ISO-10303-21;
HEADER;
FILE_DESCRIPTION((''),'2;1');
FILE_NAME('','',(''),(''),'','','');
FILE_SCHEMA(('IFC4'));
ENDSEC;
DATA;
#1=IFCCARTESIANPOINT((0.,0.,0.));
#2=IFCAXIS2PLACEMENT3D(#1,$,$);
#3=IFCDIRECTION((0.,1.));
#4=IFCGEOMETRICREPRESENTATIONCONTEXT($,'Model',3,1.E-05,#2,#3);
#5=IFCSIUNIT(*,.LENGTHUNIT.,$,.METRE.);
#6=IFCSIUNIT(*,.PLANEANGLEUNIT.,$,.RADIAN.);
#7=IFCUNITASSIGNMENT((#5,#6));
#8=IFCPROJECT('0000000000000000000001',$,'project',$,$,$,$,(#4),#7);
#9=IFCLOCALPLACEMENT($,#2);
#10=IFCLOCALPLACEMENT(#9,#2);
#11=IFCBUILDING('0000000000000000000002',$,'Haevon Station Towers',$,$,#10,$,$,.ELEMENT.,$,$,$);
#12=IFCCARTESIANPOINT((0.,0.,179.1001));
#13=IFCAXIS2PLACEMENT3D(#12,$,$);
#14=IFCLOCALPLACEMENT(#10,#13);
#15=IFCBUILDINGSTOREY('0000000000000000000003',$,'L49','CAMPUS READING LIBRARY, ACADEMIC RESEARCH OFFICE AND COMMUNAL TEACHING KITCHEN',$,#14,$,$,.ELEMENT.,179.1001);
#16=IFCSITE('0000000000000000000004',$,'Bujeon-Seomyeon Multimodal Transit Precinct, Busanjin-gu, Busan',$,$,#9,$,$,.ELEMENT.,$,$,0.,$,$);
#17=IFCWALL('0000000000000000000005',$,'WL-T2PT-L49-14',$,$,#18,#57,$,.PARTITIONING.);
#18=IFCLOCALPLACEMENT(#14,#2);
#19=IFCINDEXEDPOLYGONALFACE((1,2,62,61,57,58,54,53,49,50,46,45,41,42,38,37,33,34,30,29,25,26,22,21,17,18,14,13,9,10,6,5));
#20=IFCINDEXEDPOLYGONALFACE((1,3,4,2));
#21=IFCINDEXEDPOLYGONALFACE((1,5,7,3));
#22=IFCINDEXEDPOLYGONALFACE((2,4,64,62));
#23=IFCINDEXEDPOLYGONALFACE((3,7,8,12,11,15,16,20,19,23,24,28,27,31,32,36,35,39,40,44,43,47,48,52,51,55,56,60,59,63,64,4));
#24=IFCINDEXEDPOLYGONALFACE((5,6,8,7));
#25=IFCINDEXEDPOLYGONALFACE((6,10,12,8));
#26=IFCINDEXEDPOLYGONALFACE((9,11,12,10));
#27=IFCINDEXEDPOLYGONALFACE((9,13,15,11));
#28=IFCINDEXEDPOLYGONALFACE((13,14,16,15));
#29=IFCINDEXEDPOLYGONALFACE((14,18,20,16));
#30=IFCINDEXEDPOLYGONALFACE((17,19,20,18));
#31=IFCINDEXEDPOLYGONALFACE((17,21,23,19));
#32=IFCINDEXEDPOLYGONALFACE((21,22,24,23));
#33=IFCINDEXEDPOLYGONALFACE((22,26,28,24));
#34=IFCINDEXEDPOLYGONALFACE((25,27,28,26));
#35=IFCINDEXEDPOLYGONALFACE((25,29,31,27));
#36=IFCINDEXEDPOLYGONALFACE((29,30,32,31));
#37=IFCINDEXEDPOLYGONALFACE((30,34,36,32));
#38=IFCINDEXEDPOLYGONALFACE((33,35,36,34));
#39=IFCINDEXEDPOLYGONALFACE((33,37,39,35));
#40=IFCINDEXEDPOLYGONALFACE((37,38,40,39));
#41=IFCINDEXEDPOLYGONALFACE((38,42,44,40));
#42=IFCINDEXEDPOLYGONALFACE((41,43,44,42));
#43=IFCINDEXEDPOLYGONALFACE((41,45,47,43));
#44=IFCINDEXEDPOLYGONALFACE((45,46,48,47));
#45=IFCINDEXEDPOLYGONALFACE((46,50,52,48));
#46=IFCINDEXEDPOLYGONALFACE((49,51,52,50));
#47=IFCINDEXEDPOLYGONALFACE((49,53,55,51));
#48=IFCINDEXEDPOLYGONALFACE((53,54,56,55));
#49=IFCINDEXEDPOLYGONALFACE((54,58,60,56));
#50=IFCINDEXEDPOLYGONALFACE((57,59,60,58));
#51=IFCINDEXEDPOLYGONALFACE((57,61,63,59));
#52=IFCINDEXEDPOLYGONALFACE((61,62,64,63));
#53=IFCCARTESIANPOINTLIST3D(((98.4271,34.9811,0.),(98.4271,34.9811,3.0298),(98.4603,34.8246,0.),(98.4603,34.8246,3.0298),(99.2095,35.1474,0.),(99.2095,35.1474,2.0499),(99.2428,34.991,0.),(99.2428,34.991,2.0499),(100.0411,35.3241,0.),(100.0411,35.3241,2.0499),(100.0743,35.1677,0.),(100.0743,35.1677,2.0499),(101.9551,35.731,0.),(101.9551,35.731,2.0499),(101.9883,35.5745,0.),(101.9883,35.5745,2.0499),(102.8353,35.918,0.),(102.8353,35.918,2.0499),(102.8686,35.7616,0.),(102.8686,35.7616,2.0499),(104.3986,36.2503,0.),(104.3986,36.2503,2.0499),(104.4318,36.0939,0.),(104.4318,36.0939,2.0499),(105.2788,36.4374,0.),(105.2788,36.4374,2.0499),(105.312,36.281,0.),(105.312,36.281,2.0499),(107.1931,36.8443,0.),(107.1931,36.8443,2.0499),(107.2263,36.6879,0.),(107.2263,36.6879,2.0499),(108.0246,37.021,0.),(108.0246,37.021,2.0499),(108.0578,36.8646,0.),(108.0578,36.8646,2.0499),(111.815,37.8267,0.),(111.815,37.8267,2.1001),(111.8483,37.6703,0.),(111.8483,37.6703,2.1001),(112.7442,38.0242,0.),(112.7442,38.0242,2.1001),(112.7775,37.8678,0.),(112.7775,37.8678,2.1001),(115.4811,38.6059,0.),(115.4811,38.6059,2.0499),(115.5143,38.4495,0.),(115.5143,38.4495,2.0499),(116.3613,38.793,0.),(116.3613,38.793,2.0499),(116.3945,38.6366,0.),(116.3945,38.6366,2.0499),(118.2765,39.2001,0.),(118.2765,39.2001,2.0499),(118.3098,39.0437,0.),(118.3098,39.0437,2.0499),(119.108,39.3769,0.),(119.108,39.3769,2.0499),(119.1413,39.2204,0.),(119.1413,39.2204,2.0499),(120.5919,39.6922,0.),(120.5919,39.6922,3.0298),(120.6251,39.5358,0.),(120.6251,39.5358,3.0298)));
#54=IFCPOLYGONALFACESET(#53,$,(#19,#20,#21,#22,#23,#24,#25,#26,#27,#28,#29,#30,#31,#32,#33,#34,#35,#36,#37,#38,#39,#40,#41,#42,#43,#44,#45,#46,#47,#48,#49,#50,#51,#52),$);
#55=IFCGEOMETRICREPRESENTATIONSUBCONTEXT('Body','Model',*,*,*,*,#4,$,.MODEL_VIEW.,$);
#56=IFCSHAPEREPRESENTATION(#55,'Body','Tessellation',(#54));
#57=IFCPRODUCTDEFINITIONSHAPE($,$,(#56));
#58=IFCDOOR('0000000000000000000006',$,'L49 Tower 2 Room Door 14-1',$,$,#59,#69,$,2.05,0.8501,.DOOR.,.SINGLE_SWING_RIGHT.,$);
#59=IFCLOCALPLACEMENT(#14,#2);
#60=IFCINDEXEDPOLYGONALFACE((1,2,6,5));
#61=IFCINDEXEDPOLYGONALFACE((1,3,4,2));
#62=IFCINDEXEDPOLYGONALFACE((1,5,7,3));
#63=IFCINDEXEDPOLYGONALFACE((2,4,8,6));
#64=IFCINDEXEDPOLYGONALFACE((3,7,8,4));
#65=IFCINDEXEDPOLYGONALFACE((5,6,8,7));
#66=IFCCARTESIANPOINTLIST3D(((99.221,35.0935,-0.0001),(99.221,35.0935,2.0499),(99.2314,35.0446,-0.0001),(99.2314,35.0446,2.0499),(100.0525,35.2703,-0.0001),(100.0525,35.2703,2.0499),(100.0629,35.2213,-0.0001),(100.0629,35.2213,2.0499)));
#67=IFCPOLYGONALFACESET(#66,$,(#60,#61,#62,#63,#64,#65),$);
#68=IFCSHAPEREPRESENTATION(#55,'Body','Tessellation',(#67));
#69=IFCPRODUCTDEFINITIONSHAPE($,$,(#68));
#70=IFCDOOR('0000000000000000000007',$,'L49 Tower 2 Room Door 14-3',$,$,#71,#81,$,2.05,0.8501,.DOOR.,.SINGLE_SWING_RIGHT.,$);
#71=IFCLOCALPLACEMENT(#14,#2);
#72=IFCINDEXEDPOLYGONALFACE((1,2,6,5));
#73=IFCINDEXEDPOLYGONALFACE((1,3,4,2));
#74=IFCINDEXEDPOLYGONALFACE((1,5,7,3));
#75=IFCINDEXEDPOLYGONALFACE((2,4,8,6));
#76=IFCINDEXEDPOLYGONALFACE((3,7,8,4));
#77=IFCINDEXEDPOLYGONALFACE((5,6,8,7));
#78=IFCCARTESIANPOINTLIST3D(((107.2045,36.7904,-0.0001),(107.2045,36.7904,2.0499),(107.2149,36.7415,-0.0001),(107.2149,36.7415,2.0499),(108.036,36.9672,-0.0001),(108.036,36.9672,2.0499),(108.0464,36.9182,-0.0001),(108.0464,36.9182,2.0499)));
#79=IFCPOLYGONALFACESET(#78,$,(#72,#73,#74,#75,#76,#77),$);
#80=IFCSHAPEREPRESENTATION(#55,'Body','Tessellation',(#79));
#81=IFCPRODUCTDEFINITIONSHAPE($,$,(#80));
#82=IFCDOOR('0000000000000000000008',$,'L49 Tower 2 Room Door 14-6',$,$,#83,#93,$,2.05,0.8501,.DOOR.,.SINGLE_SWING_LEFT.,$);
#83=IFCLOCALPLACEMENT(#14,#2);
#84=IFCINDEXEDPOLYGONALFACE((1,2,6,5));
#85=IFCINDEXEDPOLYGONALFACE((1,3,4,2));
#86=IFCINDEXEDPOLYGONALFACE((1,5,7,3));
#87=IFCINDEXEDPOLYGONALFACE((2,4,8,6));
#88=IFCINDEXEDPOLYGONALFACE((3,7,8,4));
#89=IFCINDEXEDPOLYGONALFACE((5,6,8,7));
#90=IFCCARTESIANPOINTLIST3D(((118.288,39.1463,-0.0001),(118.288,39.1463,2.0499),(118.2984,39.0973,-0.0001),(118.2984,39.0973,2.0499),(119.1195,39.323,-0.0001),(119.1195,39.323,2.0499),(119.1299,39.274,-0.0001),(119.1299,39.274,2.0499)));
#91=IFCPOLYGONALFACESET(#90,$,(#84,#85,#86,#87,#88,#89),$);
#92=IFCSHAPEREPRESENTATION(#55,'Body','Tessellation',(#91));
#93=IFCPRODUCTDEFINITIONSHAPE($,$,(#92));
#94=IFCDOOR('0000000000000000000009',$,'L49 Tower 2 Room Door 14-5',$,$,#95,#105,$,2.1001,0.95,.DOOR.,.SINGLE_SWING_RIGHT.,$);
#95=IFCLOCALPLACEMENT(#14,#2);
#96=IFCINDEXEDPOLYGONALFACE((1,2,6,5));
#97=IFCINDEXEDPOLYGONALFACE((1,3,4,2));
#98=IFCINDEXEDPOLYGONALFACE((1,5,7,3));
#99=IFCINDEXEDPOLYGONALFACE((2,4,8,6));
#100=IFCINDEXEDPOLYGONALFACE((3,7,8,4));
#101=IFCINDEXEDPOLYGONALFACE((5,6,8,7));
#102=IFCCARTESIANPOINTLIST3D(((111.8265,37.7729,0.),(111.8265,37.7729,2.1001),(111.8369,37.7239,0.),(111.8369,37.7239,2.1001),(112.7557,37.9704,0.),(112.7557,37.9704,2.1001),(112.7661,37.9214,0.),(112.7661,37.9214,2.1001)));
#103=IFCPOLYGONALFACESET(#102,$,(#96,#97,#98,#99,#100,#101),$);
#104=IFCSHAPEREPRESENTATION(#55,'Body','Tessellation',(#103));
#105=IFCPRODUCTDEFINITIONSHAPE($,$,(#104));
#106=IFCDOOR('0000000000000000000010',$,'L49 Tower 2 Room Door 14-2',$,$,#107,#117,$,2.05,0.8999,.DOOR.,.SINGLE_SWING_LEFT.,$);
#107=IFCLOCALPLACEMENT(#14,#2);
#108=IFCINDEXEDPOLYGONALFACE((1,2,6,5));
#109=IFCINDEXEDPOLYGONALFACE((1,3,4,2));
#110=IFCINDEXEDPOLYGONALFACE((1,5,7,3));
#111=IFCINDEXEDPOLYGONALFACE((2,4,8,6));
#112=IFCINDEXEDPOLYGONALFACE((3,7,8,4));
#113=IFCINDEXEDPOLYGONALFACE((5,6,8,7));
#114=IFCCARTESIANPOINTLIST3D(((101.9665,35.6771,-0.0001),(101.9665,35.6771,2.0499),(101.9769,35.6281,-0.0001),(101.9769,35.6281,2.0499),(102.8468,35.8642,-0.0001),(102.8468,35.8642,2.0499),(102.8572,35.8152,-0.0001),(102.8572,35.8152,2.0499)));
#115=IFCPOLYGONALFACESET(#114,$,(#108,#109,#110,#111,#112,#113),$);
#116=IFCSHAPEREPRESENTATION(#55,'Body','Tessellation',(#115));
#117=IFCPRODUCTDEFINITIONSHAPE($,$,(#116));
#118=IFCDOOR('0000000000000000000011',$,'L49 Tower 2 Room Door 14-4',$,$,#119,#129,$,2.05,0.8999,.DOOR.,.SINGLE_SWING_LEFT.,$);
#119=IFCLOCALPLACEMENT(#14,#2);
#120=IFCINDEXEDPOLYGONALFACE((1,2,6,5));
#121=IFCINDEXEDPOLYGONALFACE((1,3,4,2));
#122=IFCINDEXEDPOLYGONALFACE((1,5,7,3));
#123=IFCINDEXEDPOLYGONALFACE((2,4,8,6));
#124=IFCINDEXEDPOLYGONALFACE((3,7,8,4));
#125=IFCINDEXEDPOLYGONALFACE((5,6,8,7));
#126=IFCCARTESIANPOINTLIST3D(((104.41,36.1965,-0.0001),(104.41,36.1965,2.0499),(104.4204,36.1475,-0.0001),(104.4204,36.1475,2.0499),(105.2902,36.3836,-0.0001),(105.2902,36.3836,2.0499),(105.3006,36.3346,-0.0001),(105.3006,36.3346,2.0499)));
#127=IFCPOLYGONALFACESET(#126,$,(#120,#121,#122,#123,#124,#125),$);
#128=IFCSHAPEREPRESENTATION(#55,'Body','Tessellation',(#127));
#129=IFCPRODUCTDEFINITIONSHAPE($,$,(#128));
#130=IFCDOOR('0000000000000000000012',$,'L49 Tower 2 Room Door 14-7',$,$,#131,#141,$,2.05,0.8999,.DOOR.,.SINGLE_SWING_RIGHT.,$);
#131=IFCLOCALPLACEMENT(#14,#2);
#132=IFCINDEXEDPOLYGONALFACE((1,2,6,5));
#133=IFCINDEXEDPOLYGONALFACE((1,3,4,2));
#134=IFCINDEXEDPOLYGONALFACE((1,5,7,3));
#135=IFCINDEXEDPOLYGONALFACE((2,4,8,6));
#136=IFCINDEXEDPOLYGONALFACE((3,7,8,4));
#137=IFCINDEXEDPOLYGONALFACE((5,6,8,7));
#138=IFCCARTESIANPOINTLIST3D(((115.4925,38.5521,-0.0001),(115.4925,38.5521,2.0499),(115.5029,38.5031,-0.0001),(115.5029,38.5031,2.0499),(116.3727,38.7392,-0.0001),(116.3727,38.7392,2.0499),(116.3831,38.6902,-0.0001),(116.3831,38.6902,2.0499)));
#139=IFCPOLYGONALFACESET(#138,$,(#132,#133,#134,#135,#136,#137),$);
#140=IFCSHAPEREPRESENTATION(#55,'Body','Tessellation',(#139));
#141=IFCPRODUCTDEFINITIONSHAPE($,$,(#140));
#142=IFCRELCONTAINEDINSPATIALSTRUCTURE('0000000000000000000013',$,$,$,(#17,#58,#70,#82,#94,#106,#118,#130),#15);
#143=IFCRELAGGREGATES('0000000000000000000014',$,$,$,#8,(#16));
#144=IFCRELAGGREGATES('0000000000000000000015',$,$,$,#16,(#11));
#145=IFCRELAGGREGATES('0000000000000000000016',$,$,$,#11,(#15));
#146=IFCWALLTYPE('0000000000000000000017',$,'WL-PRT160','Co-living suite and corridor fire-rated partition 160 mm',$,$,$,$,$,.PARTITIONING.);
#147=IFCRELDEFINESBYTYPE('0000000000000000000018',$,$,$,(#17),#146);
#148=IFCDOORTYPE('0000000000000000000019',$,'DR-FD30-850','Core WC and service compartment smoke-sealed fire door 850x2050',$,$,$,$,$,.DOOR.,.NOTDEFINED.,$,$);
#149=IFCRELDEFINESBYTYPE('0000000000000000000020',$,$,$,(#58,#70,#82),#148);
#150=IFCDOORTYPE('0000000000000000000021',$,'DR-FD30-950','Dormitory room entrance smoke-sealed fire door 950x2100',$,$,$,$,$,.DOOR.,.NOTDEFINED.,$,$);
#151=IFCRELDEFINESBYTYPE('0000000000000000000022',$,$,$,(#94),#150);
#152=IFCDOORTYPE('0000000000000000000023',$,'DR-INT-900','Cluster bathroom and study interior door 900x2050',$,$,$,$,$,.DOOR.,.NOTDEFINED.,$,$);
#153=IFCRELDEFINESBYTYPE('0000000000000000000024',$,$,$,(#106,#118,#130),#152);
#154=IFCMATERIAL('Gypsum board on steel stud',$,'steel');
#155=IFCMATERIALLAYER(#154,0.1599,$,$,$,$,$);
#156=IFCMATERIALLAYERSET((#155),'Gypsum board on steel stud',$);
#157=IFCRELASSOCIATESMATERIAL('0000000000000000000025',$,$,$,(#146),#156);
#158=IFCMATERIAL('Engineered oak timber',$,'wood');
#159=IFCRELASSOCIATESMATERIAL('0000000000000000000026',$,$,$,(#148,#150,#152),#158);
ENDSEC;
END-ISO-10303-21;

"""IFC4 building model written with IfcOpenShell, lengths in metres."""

from ifc_helpers import new_model, si_unit, direction, frame, frame_2d, origin, place, context, subcontext, project, spatial, rectangle, extrude, material, layer, layer_set, type_object, element, fill, save


model = new_model("IFC4")

# Units and contexts
model_context = context("Model", 3, precision=1e-05, world=origin(), true_north=direction((0.0, 1.0)))
body_context = subcontext(model_context, "Body", "Model", "MODEL_VIEW")
ifc_project = project(units=[si_unit("LENGTHUNIT", "METRE"), si_unit("PLANEANGLEUNIT", "RADIAN")], contexts=[model_context])

# Site, building, storey
site_placement = place(None, origin())
site = spatial("IfcSite", under=ifc_project, at=site_placement, Name="Bujeon-Seomyeon Multimodal Transit Precinct, Busanjin-gu, Busan", CompositionType="ELEMENT", RefElevation=0.0)
building_placement = place(site_placement, origin())
building = spatial("IfcBuilding", under=site, at=building_placement, Name="Haevon Station Towers", CompositionType="ELEMENT")
storey_placement = place(building_placement, frame((0.0, 0.0, 179.1001)))
storey = spatial("IfcBuildingStorey", under=building, at=storey_placement, Name="L49", Description="CAMPUS READING LIBRARY, ACADEMIC RESEARCH OFFICE AND COMMUNAL TEACHING KITCHEN", CompositionType="ELEMENT", Elevation=179.1001)

# Shared definitions
ifc_material_1 = material(Name="Gypsum board on steel stud", Category="steel")

# Wall, openings, doors
ifc_layer_1 = layer(ifc_material_1, 0.1599)
ifc_layer_set_1 = layer_set([ifc_layer_1], Name="Gypsum board on steel stud")
wall_type_1 = type_object("IfcWallType", Name="WL-PRT160", Description="Co-living suite and corridor fire-rated partition 160 mm", PredefinedType="PARTITIONING", material=ifc_layer_set_1)
wall_1_placement = place(storey_placement, frame((98.4436, 34.9028, 0.0), z_axis=(0.0, 0.0, 1.0), x_axis=(0.978148, 0.207908, 0.0)))
wall_1 = element("IfcWall", 1, at=wall_1_placement, inside=storey, type_object=wall_type_1, Name="WL-T2PT-L49-14", PredefinedType="PARTITIONING", context=body_context, shape_type="SweptSolid", body=[
    extrude(rectangle(XDim=22.6599, YDim=0.1599, at=frame_2d((11.3301, 0.0))), origin(), (0.0, 0.0, 1.0), 3.0298),
])
opening_1_placement = place(wall_1_placement, frame((0.8, 0.0, 0.0)))
opening_1 = element("IfcOpeningElement", 2, at=opening_1_placement, cuts=wall_1, PredefinedType="OPENING", context=body_context, shape_type="SweptSolid", body=[
    extrude(rectangle(XDim=0.8501, YDim=2.05, at=frame_2d((0.425, 1.0249))), frame((0.0, 0.0898, 0.0), z_axis=(0.0, -1.0, 0.0), x_axis=(1.0, 0.0, 0.0)), (0.0, 0.0, 1.0), 0.1799),
])
opening_2_placement = place(wall_1_placement, frame((3.6069, 0.0, 0.0)))
opening_2 = element("IfcOpeningElement", 3, at=opening_2_placement, cuts=wall_1, PredefinedType="OPENING", context=body_context, shape_type="SweptSolid", body=[
    extrude(rectangle(XDim=0.8999, YDim=2.05, at=frame_2d((0.45, 1.0249))), frame((0.0, 0.0898, 0.0), z_axis=(0.0, -1.0, 0.0), x_axis=(1.0, 0.0, 0.0)), (0.0, 0.0, 1.0), 0.1799),
])
opening_3_placement = place(wall_1_placement, frame((8.9619, 0.0, 0.0)))
opening_3 = element("IfcOpeningElement", 4, at=opening_3_placement, cuts=wall_1, PredefinedType="OPENING", context=body_context, shape_type="SweptSolid", body=[
    extrude(rectangle(XDim=0.8501, YDim=2.05, at=frame_2d((0.425, 1.0249))), frame((0.0, 0.0898, 0.0), z_axis=(0.0, -1.0, 0.0), x_axis=(1.0, 0.0, 0.0)), (0.0, 0.0, 1.0), 0.1799),
])
opening_4_placement = place(wall_1_placement, frame((6.105, 0.0, 0.0)))
opening_4 = element("IfcOpeningElement", 5, at=opening_4_placement, cuts=wall_1, PredefinedType="OPENING", context=body_context, shape_type="SweptSolid", body=[
    extrude(rectangle(XDim=0.8999, YDim=2.05, at=frame_2d((0.45, 1.0249))), frame((0.0, 0.0898, 0.0), z_axis=(0.0, -1.0, 0.0), x_axis=(1.0, 0.0, 0.0)), (0.0, 0.0, 1.0), 0.1799),
])
opening_5_placement = place(wall_1_placement, frame((13.687, 0.0, 0.0)))
opening_5 = element("IfcOpeningElement", 6, at=opening_5_placement, cuts=wall_1, PredefinedType="OPENING", context=body_context, shape_type="SweptSolid", body=[
    extrude(rectangle(XDim=0.95, YDim=2.1001, at=frame_2d((0.4751, 1.05))), frame((0.0, 0.0898, 0.0), z_axis=(0.0, -1.0, 0.0), x_axis=(1.0, 0.0, 0.0)), (0.0, 0.0, 1.0), 0.1799),
])
opening_6_placement = place(wall_1_placement, frame((20.293, 0.0, 0.0)))
opening_6 = element("IfcOpeningElement", 7, at=opening_6_placement, cuts=wall_1, PredefinedType="OPENING", context=body_context, shape_type="SweptSolid", body=[
    extrude(rectangle(XDim=0.8501, YDim=2.05, at=frame_2d((0.425, 1.0249))), frame((0.0, 0.0898, 0.0), z_axis=(0.0, -1.0, 0.0), x_axis=(1.0, 0.0, 0.0)), (0.0, 0.0, 1.0), 0.1799),
])
opening_7_placement = place(wall_1_placement, frame((17.4351, 0.0, 0.0)))
opening_7 = element("IfcOpeningElement", 8, at=opening_7_placement, cuts=wall_1, PredefinedType="OPENING", context=body_context, shape_type="SweptSolid", body=[
    extrude(rectangle(XDim=0.8999, YDim=2.05, at=frame_2d((0.45, 1.0249))), frame((0.0, 0.0898, 0.0), z_axis=(0.0, -1.0, 0.0), x_axis=(1.0, 0.0, 0.0)), (0.0, 0.0, 1.0), 0.1799),
])
ifc_material_2 = material(Name="Engineered oak timber", Category="wood")
door_type_1 = type_object("IfcDoorType", Name="DR-FD30-850", Description="Core WC and service compartment smoke-sealed fire door 850x2050", OperationType="NOTDEFINED", PredefinedType="DOOR", material=ifc_material_2)
door_1_placement = place(opening_1_placement, origin())
door_1 = element("IfcDoor", 9, at=door_1_placement, inside=storey, type_object=door_type_1, Name="L49 Tower 2 Room Door 14-1", OperationType="SINGLE_SWING_RIGHT", OverallHeight=2.05, OverallWidth=0.8501, PredefinedType="DOOR", context=body_context, shape_type="SweptSolid", body=[
    extrude(rectangle(XDim=0.8501, YDim=2.05, at=frame_2d((0.425, 1.0249))), frame((0.0, 0.0249, 0.0), z_axis=(0.0, -1.0, 0.0), x_axis=(1.0, 0.0, 0.0)), (0.0, 0.0, 1.0), 0.05),
])
fill(opening_1, door_1)
door_2_placement = place(opening_3_placement, origin())
door_2 = element("IfcDoor", 10, at=door_2_placement, inside=storey, type_object=door_type_1, Name="L49 Tower 2 Room Door 14-3", OperationType="SINGLE_SWING_RIGHT", OverallHeight=2.05, OverallWidth=0.8501, PredefinedType="DOOR", context=body_context, shape_type="SweptSolid", body=[
    extrude(rectangle(XDim=0.8501, YDim=2.05, at=frame_2d((0.425, 1.0249))), frame((0.0, 0.0249, 0.0), z_axis=(0.0, -1.0, 0.0), x_axis=(1.0, 0.0, 0.0)), (0.0, 0.0, 1.0), 0.05),
])
fill(opening_3, door_2)
door_3_placement = place(opening_6_placement, origin())
door_3 = element("IfcDoor", 11, at=door_3_placement, inside=storey, type_object=door_type_1, Name="L49 Tower 2 Room Door 14-6", OperationType="SINGLE_SWING_LEFT", OverallHeight=2.05, OverallWidth=0.8501, PredefinedType="DOOR", context=body_context, shape_type="SweptSolid", body=[
    extrude(rectangle(XDim=0.8501, YDim=2.05, at=frame_2d((0.425, 1.0249))), frame((0.0, 0.0249, 0.0), z_axis=(0.0, -1.0, 0.0), x_axis=(1.0, 0.0, 0.0)), (0.0, 0.0, 1.0), 0.05),
])
fill(opening_6, door_3)
door_type_2 = type_object("IfcDoorType", Name="DR-FD30-950", Description="Dormitory room entrance smoke-sealed fire door 950x2100", OperationType="NOTDEFINED", PredefinedType="DOOR", material=ifc_material_2)
door_4_placement = place(opening_5_placement, origin())
door_4 = element("IfcDoor", 12, at=door_4_placement, inside=storey, type_object=door_type_2, Name="L49 Tower 2 Room Door 14-5", OperationType="SINGLE_SWING_RIGHT", OverallHeight=2.1001, OverallWidth=0.95, PredefinedType="DOOR", context=body_context, shape_type="SweptSolid", body=[
    extrude(rectangle(XDim=0.95, YDim=2.1001, at=frame_2d((0.4751, 1.05))), frame((0.0, 0.0249, 0.0), z_axis=(0.0, -1.0, 0.0), x_axis=(1.0, 0.0, 0.0)), (0.0, 0.0, 1.0), 0.05),
])
fill(opening_5, door_4)
door_type_3 = type_object("IfcDoorType", Name="DR-INT-900", Description="Cluster bathroom and study interior door 900x2050", OperationType="NOTDEFINED", PredefinedType="DOOR", material=ifc_material_2)
door_5_placement = place(opening_2_placement, origin())
door_5 = element("IfcDoor", 13, at=door_5_placement, inside=storey, type_object=door_type_3, Name="L49 Tower 2 Room Door 14-2", OperationType="SINGLE_SWING_LEFT", OverallHeight=2.05, OverallWidth=0.8999, PredefinedType="DOOR", context=body_context, shape_type="SweptSolid", body=[
    extrude(rectangle(XDim=0.8999, YDim=2.05, at=frame_2d((0.45, 1.0249))), frame((0.0, 0.0249, 0.0), z_axis=(0.0, -1.0, 0.0), x_axis=(1.0, 0.0, 0.0)), (0.0, 0.0, 1.0), 0.05),
])
fill(opening_2, door_5)
door_6_placement = place(opening_4_placement, origin())
door_6 = element("IfcDoor", 14, at=door_6_placement, inside=storey, type_object=door_type_3, Name="L49 Tower 2 Room Door 14-4", OperationType="SINGLE_SWING_LEFT", OverallHeight=2.05, OverallWidth=0.8999, PredefinedType="DOOR", context=body_context, shape_type="SweptSolid", body=[
    extrude(rectangle(XDim=0.8999, YDim=2.05, at=frame_2d((0.45, 1.0249))), frame((0.0, 0.0249, 0.0), z_axis=(0.0, -1.0, 0.0), x_axis=(1.0, 0.0, 0.0)), (0.0, 0.0, 1.0), 0.05),
])
fill(opening_4, door_6)
door_7_placement = place(opening_7_placement, origin())
door_7 = element("IfcDoor", 15, at=door_7_placement, inside=storey, type_object=door_type_3, Name="L49 Tower 2 Room Door 14-7", OperationType="SINGLE_SWING_RIGHT", OverallHeight=2.05, OverallWidth=0.8999, PredefinedType="DOOR", context=body_context, shape_type="SweptSolid", body=[
    extrude(rectangle(XDim=0.8999, YDim=2.05, at=frame_2d((0.45, 1.0249))), frame((0.0, 0.0249, 0.0), z_axis=(0.0, -1.0, 0.0), x_axis=(1.0, 0.0, 0.0)), (0.0, 0.0, 1.0), 0.05),
])
fill(opening_7, door_7)

save(model, "model.ifc")
